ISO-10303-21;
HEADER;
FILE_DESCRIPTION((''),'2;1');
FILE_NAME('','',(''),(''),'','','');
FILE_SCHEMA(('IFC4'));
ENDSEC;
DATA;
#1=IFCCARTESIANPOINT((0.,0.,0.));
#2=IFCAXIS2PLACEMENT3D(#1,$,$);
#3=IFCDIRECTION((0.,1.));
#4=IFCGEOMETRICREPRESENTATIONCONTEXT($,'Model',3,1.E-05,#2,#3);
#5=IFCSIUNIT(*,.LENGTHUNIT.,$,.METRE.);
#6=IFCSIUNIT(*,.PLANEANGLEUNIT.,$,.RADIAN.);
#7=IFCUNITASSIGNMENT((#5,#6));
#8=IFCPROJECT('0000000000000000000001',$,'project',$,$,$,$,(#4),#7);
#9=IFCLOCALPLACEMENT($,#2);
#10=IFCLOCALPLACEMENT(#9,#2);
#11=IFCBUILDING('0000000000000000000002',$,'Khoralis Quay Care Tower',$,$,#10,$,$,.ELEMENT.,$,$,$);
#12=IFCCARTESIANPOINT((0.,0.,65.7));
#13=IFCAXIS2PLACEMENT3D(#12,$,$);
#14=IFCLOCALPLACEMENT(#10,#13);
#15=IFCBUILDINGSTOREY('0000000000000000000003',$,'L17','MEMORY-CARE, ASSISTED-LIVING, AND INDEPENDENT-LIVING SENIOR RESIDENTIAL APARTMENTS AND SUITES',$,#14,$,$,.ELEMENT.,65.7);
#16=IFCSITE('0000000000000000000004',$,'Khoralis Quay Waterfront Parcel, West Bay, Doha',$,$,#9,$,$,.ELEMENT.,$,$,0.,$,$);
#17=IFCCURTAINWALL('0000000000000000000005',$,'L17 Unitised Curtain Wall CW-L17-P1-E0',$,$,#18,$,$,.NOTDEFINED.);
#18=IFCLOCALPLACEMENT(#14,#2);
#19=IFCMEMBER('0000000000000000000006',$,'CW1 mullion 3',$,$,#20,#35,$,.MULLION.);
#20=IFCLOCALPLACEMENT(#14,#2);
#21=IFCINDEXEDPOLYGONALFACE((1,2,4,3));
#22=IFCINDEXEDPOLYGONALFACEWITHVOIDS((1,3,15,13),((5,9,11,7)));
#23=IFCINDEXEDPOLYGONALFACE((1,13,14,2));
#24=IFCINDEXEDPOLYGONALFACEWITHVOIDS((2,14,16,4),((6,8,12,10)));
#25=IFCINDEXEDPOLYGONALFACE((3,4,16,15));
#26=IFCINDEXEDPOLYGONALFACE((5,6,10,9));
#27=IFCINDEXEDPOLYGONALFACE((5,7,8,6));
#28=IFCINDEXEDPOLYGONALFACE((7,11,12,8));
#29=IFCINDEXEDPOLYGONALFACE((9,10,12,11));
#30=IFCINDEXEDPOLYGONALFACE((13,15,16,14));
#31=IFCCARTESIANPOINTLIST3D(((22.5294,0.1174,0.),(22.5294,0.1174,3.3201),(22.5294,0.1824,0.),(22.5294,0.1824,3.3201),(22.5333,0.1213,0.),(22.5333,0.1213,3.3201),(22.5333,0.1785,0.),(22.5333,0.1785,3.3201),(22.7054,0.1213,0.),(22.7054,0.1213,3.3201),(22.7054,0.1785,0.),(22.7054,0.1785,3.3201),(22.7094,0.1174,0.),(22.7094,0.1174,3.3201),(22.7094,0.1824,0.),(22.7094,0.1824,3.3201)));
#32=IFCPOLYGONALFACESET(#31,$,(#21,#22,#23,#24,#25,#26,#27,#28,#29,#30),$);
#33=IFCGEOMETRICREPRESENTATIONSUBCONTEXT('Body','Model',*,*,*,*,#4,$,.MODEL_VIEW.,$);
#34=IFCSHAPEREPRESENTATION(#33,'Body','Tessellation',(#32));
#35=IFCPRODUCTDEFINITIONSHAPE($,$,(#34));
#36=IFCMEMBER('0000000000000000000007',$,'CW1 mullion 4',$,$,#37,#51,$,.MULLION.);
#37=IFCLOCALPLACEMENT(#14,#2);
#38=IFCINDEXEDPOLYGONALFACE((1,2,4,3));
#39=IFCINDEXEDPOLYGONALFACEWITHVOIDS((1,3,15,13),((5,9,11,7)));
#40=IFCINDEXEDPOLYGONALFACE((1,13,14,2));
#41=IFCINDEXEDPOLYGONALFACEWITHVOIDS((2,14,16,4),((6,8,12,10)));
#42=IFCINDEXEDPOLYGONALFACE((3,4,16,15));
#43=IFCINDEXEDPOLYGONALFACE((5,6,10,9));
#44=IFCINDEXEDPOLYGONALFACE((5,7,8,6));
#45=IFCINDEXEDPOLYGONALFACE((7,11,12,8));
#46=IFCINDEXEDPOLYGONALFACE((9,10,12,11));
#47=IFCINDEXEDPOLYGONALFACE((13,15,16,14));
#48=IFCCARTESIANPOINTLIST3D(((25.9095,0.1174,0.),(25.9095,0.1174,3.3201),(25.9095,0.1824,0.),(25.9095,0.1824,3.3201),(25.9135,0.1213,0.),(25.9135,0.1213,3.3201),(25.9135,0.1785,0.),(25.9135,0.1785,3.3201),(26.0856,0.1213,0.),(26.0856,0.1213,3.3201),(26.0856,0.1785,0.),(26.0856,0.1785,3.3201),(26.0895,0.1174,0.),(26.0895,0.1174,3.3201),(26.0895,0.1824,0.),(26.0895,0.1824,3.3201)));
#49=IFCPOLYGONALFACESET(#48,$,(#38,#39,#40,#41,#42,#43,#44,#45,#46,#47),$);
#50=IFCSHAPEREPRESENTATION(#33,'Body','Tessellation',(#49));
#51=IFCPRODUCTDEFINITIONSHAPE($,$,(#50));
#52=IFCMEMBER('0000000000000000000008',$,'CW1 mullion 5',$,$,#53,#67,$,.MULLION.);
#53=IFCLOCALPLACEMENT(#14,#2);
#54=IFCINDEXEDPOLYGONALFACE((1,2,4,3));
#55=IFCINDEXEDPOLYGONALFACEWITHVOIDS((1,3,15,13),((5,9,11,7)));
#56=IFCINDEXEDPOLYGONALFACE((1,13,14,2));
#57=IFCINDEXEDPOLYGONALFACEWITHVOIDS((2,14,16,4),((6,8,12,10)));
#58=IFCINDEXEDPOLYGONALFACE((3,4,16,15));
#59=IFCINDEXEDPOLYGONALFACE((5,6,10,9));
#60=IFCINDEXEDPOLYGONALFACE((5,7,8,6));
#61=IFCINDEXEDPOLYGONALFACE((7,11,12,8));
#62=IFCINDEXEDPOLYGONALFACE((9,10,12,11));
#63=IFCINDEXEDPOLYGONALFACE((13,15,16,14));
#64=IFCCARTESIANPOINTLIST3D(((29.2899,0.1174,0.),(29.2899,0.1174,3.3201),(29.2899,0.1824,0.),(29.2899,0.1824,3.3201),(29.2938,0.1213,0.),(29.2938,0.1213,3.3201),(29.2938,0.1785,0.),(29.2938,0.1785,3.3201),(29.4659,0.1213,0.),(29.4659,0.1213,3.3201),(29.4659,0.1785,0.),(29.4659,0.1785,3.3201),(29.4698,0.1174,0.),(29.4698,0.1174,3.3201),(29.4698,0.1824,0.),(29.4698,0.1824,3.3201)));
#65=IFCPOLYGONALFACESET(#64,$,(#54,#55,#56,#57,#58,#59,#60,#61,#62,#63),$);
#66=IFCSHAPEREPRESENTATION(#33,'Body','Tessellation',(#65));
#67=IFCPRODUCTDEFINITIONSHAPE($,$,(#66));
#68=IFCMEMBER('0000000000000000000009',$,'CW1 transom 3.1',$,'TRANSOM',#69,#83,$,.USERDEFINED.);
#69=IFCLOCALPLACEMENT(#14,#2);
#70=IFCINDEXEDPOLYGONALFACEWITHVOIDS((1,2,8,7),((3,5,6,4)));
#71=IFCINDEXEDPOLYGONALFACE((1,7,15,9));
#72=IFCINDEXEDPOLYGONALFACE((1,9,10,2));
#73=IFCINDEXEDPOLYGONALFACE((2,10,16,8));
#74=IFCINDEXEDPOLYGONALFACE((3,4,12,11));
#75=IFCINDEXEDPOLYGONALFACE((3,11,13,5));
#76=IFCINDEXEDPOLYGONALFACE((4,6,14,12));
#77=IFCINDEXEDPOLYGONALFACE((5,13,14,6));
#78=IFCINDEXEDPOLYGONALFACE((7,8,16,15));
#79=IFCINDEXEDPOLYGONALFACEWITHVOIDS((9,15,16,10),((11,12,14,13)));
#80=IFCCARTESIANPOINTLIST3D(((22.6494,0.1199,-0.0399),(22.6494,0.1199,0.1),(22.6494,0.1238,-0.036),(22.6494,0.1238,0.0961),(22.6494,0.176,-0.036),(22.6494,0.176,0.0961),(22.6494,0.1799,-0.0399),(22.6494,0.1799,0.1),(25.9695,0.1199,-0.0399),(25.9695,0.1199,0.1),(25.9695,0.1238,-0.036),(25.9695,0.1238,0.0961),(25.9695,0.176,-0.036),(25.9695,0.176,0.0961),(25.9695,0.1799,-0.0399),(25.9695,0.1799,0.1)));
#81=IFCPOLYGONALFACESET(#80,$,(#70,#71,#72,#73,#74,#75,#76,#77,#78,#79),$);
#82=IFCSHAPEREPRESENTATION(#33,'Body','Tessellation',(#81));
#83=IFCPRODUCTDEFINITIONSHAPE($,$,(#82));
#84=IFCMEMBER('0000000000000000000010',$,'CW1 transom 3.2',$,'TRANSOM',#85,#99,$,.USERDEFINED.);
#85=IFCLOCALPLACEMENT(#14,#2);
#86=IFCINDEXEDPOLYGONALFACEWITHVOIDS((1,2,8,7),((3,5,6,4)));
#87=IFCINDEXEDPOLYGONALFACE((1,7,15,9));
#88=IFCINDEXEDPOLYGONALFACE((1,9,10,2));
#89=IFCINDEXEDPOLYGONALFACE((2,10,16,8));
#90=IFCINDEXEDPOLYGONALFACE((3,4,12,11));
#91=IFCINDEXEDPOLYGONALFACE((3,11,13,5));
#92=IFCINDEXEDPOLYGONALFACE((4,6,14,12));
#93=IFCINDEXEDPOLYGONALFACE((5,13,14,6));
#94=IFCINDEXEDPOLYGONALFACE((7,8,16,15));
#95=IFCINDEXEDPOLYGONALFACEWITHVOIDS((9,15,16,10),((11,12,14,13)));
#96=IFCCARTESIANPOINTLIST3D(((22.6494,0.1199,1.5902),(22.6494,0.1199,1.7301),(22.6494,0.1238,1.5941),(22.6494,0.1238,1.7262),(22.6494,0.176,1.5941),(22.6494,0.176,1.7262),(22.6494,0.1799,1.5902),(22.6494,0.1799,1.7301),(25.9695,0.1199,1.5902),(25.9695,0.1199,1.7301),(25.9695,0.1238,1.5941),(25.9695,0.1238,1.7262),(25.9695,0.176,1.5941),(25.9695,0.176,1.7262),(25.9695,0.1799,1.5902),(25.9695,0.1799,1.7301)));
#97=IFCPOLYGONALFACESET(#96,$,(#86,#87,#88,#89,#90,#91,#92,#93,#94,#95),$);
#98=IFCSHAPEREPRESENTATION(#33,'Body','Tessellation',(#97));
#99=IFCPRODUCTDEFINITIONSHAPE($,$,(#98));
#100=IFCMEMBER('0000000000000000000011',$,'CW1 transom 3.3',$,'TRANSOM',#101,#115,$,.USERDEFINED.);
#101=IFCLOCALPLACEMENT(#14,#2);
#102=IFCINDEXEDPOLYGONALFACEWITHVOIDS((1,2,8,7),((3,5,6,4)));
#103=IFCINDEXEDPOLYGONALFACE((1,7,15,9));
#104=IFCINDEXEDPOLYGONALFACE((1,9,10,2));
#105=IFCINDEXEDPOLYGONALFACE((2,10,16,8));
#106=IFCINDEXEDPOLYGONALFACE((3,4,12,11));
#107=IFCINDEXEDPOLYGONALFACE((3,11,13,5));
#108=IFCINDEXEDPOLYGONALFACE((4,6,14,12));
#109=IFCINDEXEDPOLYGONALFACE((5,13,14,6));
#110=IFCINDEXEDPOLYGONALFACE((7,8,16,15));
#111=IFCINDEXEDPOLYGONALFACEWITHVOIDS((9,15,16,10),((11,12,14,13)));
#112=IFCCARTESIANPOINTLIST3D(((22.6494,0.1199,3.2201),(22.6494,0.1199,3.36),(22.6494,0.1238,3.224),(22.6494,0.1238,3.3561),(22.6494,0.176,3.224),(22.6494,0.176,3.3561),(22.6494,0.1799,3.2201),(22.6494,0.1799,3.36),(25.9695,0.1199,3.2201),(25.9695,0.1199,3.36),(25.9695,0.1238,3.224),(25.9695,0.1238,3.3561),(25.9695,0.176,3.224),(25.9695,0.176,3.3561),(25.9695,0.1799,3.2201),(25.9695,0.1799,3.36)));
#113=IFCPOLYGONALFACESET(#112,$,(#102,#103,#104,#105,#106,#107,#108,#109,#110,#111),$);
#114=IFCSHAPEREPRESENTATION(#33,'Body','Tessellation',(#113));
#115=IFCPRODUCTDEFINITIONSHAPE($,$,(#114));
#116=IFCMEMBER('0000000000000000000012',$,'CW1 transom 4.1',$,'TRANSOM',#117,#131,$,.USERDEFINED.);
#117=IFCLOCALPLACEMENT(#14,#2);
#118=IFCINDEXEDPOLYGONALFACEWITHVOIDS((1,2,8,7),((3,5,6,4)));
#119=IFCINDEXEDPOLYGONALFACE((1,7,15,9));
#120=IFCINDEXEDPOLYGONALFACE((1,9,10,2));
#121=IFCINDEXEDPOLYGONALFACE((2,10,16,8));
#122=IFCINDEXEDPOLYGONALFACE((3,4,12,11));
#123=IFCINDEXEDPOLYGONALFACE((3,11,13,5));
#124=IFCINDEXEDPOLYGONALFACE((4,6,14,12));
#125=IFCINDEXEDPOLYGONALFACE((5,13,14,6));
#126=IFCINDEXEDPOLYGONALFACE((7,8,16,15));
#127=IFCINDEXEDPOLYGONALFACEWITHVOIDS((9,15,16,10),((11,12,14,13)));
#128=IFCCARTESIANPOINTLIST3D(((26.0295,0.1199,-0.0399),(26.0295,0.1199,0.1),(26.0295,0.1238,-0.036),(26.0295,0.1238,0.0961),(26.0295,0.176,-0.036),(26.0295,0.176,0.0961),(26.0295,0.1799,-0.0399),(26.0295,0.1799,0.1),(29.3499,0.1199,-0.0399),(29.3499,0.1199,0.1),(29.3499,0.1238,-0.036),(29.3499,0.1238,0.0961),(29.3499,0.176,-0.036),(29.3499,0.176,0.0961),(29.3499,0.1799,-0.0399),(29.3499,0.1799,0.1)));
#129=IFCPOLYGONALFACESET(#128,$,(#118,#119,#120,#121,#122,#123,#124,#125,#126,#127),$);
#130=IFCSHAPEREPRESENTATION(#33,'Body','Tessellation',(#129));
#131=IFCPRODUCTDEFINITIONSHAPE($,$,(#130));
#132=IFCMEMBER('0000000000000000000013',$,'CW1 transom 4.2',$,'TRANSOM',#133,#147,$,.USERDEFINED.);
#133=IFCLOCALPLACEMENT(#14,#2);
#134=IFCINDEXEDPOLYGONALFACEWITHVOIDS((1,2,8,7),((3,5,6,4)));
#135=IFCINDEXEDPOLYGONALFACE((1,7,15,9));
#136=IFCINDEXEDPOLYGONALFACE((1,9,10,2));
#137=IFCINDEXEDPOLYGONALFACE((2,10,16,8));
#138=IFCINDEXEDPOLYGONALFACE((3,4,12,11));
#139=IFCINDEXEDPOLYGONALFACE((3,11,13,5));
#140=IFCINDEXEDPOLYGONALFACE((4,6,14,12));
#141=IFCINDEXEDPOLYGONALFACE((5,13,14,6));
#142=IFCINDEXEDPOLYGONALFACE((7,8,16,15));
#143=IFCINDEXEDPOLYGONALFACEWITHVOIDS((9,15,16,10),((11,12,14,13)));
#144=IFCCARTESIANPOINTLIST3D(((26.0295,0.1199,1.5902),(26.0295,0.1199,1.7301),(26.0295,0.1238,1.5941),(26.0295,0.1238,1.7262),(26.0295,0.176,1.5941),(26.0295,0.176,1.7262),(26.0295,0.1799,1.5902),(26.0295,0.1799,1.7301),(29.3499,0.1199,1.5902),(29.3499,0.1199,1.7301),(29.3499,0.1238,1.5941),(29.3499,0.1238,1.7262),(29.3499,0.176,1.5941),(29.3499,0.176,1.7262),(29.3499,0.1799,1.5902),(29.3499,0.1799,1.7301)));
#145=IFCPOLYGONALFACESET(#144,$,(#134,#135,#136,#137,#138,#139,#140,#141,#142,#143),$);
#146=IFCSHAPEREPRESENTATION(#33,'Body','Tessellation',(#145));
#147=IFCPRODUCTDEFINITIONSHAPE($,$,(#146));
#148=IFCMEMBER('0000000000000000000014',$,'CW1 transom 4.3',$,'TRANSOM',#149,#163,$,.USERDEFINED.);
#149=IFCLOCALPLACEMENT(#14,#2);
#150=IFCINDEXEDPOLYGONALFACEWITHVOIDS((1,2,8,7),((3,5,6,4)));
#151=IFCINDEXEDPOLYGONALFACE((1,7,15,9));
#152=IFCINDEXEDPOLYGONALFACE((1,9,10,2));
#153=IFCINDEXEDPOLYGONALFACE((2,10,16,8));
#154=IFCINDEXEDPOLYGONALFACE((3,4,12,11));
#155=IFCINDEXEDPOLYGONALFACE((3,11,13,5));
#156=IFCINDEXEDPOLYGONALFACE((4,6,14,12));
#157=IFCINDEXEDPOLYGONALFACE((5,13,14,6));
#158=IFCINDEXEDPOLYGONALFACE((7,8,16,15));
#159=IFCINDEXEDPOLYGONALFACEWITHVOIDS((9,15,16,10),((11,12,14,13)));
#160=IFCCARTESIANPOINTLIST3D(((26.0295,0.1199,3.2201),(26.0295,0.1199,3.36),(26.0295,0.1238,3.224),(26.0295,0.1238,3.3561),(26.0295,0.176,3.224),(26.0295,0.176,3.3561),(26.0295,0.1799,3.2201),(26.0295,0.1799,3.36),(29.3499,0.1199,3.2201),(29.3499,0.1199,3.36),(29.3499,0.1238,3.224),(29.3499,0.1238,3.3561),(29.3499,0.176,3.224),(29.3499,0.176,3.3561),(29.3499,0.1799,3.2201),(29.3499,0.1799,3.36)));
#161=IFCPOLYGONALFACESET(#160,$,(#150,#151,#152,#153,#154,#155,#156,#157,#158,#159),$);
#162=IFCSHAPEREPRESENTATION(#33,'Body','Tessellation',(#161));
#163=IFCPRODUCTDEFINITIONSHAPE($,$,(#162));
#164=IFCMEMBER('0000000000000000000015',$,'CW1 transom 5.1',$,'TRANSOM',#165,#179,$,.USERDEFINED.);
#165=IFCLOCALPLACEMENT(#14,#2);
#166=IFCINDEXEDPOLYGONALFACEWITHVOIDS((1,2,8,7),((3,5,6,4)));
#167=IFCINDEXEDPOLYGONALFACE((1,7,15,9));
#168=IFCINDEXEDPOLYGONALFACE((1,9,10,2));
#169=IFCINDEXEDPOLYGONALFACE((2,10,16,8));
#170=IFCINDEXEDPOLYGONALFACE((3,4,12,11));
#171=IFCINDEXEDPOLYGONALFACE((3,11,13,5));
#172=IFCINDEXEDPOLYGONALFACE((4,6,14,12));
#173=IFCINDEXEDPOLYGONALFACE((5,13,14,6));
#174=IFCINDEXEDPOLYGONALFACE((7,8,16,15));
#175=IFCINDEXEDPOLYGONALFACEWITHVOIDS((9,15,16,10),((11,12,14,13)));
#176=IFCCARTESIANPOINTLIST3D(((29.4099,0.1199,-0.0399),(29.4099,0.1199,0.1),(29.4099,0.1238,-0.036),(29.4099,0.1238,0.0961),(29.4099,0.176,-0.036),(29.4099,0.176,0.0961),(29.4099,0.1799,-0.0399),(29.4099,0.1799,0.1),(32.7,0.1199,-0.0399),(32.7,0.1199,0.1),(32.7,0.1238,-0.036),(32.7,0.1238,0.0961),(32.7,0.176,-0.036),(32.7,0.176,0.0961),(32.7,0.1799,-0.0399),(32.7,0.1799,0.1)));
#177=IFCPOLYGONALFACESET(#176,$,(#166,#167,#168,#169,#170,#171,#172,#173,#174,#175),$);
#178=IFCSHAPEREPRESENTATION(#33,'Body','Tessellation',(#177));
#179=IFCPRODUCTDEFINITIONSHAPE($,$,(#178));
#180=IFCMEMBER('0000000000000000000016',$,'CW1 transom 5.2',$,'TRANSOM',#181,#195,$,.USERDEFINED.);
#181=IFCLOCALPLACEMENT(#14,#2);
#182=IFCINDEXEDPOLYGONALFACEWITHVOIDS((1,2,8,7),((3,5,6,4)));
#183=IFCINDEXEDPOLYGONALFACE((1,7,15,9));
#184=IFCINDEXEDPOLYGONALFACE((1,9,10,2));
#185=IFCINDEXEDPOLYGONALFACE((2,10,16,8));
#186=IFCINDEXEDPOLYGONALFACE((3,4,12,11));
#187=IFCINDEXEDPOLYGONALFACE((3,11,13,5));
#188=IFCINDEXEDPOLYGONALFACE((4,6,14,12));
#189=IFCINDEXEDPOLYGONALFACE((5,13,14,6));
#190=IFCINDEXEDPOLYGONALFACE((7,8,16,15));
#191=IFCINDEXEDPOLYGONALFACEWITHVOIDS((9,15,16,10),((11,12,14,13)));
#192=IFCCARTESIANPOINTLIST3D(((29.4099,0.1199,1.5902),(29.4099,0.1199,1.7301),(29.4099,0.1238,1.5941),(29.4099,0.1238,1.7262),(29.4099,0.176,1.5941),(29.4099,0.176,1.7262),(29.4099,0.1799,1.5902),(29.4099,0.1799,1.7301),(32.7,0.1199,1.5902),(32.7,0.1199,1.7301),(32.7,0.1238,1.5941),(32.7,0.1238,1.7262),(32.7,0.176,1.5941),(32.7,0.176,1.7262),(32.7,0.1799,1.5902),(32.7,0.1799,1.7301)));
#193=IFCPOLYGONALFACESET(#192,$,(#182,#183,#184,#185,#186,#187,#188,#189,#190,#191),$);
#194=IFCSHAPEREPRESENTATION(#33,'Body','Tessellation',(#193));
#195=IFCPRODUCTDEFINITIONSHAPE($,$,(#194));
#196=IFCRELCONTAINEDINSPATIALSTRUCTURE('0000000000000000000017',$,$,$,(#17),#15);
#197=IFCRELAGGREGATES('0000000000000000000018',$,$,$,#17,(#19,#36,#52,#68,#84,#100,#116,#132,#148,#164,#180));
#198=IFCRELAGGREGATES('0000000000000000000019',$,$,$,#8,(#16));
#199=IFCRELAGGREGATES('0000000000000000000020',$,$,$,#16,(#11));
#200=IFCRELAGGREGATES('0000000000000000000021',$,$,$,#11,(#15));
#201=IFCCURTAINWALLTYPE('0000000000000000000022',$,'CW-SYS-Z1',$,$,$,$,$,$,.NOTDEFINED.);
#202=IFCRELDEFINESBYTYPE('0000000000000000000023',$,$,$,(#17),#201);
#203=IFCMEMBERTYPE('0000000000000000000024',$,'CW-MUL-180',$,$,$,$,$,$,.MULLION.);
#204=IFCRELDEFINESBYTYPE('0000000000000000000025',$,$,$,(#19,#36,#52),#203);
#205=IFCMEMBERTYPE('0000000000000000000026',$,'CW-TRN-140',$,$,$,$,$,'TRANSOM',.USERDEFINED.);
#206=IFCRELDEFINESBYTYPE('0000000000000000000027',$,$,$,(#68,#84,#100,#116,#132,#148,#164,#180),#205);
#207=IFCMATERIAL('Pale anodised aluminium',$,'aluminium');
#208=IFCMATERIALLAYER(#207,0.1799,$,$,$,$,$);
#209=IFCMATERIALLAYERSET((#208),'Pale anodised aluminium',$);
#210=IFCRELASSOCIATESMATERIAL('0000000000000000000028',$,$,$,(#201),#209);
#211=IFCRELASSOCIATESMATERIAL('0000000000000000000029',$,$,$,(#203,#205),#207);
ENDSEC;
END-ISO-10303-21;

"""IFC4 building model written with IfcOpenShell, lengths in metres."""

from ifc_helpers import new_model, si_unit, direction, frame, origin, origin_2d, place, context, subcontext, project, spatial, hollow_rectangle, extrude, source, transform, mapped, material, layer, layer_set, material_profile, profile_set, type_object, element, aggregate, save


model = new_model("IFC4")

# Units and contexts
model_context = context("Model", 3, precision=1e-05, world=origin(), true_north=direction((0.0, 1.0)))
body_context = subcontext(model_context, "Body", "Model", "MODEL_VIEW")
ifc_project = project(units=[si_unit("LENGTHUNIT", "METRE"), si_unit("PLANEANGLEUNIT", "RADIAN")], contexts=[model_context])

# Site, building, storey
site_placement = place(None, origin())
site = spatial("IfcSite", under=ifc_project, at=site_placement, Name="Khoralis Quay Waterfront Parcel, West Bay, Doha", CompositionType="ELEMENT", RefElevation=0.0)
building_placement = place(site_placement, origin())
building = spatial("IfcBuilding", under=site, at=building_placement, Name="Khoralis Quay Care Tower", CompositionType="ELEMENT")
storey_placement = place(building_placement, frame((0.0, 0.0, 65.7)))
storey = spatial("IfcBuildingStorey", under=building, at=storey_placement, Name="L17", Description="MEMORY-CARE, ASSISTED-LIVING, AND INDEPENDENT-LIVING SENIOR RESIDENTIAL APARTMENTS AND SUITES", CompositionType="ELEMENT", Elevation=65.7)

# Curtain wall, members
ifc_material_1 = material(Name="Pale anodised aluminium", Category="aluminium")
ifc_layer_1 = layer(ifc_material_1, 0.1799)
ifc_layer_set_1 = layer_set([ifc_layer_1], Name="Pale anodised aluminium")
curtain_wall_type = type_object("IfcCurtainWallType", Name="CW-SYS-Z1", PredefinedType="NOTDEFINED", material=ifc_layer_set_1)
curtain_wall_placement = place(storey_placement, origin())
curtain_wall = element("IfcCurtainWall", 1, at=curtain_wall_placement, inside=storey, type_object=curtain_wall_type, Name="L17 Unitised Curtain Wall CW-L17-P1-E0", PredefinedType="NOTDEFINED")
ifc_material_profile_1 = material_profile(ifc_material_1, hollow_rectangle(XDim=0.0649, YDim=0.1799, WallThickness=0.0039, at=origin_2d()), Name="Pale anodised aluminium")
ifc_profile_set_1 = profile_set([ifc_material_profile_1], Name="Pale anodised aluminium")
member_type_1 = type_object("IfcMemberType", Name="CW-MUL-180", PredefinedType="MULLION", material=ifc_profile_set_1)
shared_shape_1 = source(origin(), body_context, "Body", "SweptSolid", [
    extrude(hollow_rectangle(XDim=0.0649, YDim=0.1799, WallThickness=0.0039, at=origin_2d()), origin(), (0.0, 0.0, 1.0), 3.3201),
])
member_1_placement = place(storey_placement, frame((22.6194, 0.1499, 0.0), z_axis=(0.0, 0.0, 1.0), x_axis=(0.0, 1.0, 0.0)))
member_1 = element("IfcMember", 2, at=member_1_placement, type_object=member_type_1, Name="CW1 mullion 3", PredefinedType="MULLION", context=body_context, shape_type="MappedRepresentation", body=[
    mapped(shared_shape_1, transform((0.0, 0.0, 0.0), scale=1.0)),
])
member_2_placement = place(storey_placement, frame((25.9995, 0.1499, 0.0), z_axis=(0.0, 0.0, 1.0), x_axis=(0.0, 1.0, 0.0)))
member_2 = element("IfcMember", 3, at=member_2_placement, type_object=member_type_1, Name="CW1 mullion 4", PredefinedType="MULLION", context=body_context, shape_type="MappedRepresentation", body=[
    mapped(shared_shape_1, transform((0.0, 0.0, 0.0), scale=1.0)),
])
member_3_placement = place(storey_placement, frame((29.3799, 0.1499, 0.0), z_axis=(0.0, 0.0, 1.0), x_axis=(0.0, 1.0, 0.0)))
member_3 = element("IfcMember", 4, at=member_3_placement, type_object=member_type_1, Name="CW1 mullion 5", PredefinedType="MULLION", context=body_context, shape_type="MappedRepresentation", body=[
    mapped(shared_shape_1, transform((0.0, 0.0, 0.0), scale=1.0)),
])
ifc_material_profile_2 = material_profile(ifc_material_1, hollow_rectangle(XDim=0.0601, YDim=0.1399, WallThickness=0.0039, at=origin_2d()), Name="Pale anodised aluminium")
ifc_profile_set_2 = profile_set([ifc_material_profile_2], Name="Pale anodised aluminium")
member_type_2 = type_object("IfcMemberType", Name="CW-TRN-140", ElementType="TRANSOM", PredefinedType="USERDEFINED", material=ifc_profile_set_2)
shared_shape_2 = source(origin(), body_context, "Body", "SweptSolid", [
    extrude(hollow_rectangle(XDim=0.0601, YDim=0.1399, WallThickness=0.0039, at=origin_2d()), origin(), (0.0, 0.0, 1.0), 3.3201),
])
member_4_placement = place(storey_placement, frame((22.6494, 0.1499, 0.03), z_axis=(1.0, 0.0, 0.0), x_axis=(0.0, 1.0, 0.0)))
member_4 = element("IfcMember", 5, at=member_4_placement, type_object=member_type_2, Name="CW1 transom 3.1", ObjectType="TRANSOM", PredefinedType="USERDEFINED", context=body_context, shape_type="MappedRepresentation", body=[
    mapped(shared_shape_2, transform((0.0, 0.0, 0.0), scale=1.0)),
])
member_5_placement = place(storey_placement, frame((22.6494, 0.1499, 1.6602), z_axis=(1.0, 0.0, 0.0), x_axis=(0.0, 1.0, 0.0)))
member_5 = element("IfcMember", 6, at=member_5_placement, type_object=member_type_2, Name="CW1 transom 3.2", ObjectType="TRANSOM", PredefinedType="USERDEFINED", context=body_context, shape_type="MappedRepresentation", body=[
    mapped(shared_shape_2, transform((0.0, 0.0, 0.0), scale=1.0)),
])
member_6_placement = place(storey_placement, frame((22.6494, 0.1499, 3.29), z_axis=(1.0, 0.0, 0.0), x_axis=(0.0, 1.0, 0.0)))
member_6 = element("IfcMember", 7, at=member_6_placement, type_object=member_type_2, Name="CW1 transom 3.3", ObjectType="TRANSOM", PredefinedType="USERDEFINED", context=body_context, shape_type="MappedRepresentation", body=[
    mapped(shared_shape_2, transform((0.0, 0.0, 0.0), scale=1.0)),
])
shared_shape_3 = source(origin(), body_context, "Body", "SweptSolid", [
    extrude(hollow_rectangle(XDim=0.0601, YDim=0.1399, WallThickness=0.0039, at=origin_2d()), origin(), (0.0, 0.0, 1.0), 3.3203),
])
member_7_placement = place(storey_placement, frame((26.0295, 0.1499, 0.03), z_axis=(1.0, 0.0, 0.0), x_axis=(0.0, 1.0, 0.0)))
member_7 = element("IfcMember", 8, at=member_7_placement, type_object=member_type_2, Name="CW1 transom 4.1", ObjectType="TRANSOM", PredefinedType="USERDEFINED", context=body_context, shape_type="MappedRepresentation", body=[
    mapped(shared_shape_3, transform((0.0, 0.0, 0.0), scale=1.0)),
])
member_8_placement = place(storey_placement, frame((26.0295, 0.1499, 1.6602), z_axis=(1.0, 0.0, 0.0), x_axis=(0.0, 1.0, 0.0)))
member_8 = element("IfcMember", 9, at=member_8_placement, type_object=member_type_2, Name="CW1 transom 4.2", ObjectType="TRANSOM", PredefinedType="USERDEFINED", context=body_context, shape_type="MappedRepresentation", body=[
    mapped(shared_shape_3, transform((0.0, 0.0, 0.0), scale=1.0)),
])
member_9_placement = place(storey_placement, frame((26.0295, 0.1499, 3.29), z_axis=(1.0, 0.0, 0.0), x_axis=(0.0, 1.0, 0.0)))
member_9 = element("IfcMember", 10, at=member_9_placement, type_object=member_type_2, Name="CW1 transom 4.3", ObjectType="TRANSOM", PredefinedType="USERDEFINED", context=body_context, shape_type="MappedRepresentation", body=[
    mapped(shared_shape_3, transform((0.0, 0.0, 0.0), scale=1.0)),
])
shared_shape_4 = source(origin(), body_context, "Body", "SweptSolid", [
    extrude(hollow_rectangle(XDim=0.0601, YDim=0.1399, WallThickness=0.0039, at=origin_2d()), origin(), (0.0, 0.0, 1.0), 3.29),
])
member_10_placement = place(storey_placement, frame((29.4099, 0.1499, 0.03), z_axis=(1.0, 0.0, 0.0), x_axis=(0.0, 1.0, 0.0)))
member_10 = element("IfcMember", 11, at=member_10_placement, type_object=member_type_2, Name="CW1 transom 5.1", ObjectType="TRANSOM", PredefinedType="USERDEFINED", context=body_context, shape_type="MappedRepresentation", body=[
    mapped(shared_shape_4, transform((0.0, 0.0, 0.0), scale=1.0)),
])
member_11_placement = place(storey_placement, frame((29.4099, 0.1499, 1.6602), z_axis=(1.0, 0.0, 0.0), x_axis=(0.0, 1.0, 0.0)))
member_11 = element("IfcMember", 12, at=member_11_placement, type_object=member_type_2, Name="CW1 transom 5.2", ObjectType="TRANSOM", PredefinedType="USERDEFINED", context=body_context, shape_type="MappedRepresentation", body=[
    mapped(shared_shape_4, transform((0.0, 0.0, 0.0), scale=1.0)),
])
aggregate(curtain_wall, [member_1, member_2, member_3, member_4, member_5, member_6, member_7, member_8, member_9, member_10, member_11])

save(model, "model.ifc")
